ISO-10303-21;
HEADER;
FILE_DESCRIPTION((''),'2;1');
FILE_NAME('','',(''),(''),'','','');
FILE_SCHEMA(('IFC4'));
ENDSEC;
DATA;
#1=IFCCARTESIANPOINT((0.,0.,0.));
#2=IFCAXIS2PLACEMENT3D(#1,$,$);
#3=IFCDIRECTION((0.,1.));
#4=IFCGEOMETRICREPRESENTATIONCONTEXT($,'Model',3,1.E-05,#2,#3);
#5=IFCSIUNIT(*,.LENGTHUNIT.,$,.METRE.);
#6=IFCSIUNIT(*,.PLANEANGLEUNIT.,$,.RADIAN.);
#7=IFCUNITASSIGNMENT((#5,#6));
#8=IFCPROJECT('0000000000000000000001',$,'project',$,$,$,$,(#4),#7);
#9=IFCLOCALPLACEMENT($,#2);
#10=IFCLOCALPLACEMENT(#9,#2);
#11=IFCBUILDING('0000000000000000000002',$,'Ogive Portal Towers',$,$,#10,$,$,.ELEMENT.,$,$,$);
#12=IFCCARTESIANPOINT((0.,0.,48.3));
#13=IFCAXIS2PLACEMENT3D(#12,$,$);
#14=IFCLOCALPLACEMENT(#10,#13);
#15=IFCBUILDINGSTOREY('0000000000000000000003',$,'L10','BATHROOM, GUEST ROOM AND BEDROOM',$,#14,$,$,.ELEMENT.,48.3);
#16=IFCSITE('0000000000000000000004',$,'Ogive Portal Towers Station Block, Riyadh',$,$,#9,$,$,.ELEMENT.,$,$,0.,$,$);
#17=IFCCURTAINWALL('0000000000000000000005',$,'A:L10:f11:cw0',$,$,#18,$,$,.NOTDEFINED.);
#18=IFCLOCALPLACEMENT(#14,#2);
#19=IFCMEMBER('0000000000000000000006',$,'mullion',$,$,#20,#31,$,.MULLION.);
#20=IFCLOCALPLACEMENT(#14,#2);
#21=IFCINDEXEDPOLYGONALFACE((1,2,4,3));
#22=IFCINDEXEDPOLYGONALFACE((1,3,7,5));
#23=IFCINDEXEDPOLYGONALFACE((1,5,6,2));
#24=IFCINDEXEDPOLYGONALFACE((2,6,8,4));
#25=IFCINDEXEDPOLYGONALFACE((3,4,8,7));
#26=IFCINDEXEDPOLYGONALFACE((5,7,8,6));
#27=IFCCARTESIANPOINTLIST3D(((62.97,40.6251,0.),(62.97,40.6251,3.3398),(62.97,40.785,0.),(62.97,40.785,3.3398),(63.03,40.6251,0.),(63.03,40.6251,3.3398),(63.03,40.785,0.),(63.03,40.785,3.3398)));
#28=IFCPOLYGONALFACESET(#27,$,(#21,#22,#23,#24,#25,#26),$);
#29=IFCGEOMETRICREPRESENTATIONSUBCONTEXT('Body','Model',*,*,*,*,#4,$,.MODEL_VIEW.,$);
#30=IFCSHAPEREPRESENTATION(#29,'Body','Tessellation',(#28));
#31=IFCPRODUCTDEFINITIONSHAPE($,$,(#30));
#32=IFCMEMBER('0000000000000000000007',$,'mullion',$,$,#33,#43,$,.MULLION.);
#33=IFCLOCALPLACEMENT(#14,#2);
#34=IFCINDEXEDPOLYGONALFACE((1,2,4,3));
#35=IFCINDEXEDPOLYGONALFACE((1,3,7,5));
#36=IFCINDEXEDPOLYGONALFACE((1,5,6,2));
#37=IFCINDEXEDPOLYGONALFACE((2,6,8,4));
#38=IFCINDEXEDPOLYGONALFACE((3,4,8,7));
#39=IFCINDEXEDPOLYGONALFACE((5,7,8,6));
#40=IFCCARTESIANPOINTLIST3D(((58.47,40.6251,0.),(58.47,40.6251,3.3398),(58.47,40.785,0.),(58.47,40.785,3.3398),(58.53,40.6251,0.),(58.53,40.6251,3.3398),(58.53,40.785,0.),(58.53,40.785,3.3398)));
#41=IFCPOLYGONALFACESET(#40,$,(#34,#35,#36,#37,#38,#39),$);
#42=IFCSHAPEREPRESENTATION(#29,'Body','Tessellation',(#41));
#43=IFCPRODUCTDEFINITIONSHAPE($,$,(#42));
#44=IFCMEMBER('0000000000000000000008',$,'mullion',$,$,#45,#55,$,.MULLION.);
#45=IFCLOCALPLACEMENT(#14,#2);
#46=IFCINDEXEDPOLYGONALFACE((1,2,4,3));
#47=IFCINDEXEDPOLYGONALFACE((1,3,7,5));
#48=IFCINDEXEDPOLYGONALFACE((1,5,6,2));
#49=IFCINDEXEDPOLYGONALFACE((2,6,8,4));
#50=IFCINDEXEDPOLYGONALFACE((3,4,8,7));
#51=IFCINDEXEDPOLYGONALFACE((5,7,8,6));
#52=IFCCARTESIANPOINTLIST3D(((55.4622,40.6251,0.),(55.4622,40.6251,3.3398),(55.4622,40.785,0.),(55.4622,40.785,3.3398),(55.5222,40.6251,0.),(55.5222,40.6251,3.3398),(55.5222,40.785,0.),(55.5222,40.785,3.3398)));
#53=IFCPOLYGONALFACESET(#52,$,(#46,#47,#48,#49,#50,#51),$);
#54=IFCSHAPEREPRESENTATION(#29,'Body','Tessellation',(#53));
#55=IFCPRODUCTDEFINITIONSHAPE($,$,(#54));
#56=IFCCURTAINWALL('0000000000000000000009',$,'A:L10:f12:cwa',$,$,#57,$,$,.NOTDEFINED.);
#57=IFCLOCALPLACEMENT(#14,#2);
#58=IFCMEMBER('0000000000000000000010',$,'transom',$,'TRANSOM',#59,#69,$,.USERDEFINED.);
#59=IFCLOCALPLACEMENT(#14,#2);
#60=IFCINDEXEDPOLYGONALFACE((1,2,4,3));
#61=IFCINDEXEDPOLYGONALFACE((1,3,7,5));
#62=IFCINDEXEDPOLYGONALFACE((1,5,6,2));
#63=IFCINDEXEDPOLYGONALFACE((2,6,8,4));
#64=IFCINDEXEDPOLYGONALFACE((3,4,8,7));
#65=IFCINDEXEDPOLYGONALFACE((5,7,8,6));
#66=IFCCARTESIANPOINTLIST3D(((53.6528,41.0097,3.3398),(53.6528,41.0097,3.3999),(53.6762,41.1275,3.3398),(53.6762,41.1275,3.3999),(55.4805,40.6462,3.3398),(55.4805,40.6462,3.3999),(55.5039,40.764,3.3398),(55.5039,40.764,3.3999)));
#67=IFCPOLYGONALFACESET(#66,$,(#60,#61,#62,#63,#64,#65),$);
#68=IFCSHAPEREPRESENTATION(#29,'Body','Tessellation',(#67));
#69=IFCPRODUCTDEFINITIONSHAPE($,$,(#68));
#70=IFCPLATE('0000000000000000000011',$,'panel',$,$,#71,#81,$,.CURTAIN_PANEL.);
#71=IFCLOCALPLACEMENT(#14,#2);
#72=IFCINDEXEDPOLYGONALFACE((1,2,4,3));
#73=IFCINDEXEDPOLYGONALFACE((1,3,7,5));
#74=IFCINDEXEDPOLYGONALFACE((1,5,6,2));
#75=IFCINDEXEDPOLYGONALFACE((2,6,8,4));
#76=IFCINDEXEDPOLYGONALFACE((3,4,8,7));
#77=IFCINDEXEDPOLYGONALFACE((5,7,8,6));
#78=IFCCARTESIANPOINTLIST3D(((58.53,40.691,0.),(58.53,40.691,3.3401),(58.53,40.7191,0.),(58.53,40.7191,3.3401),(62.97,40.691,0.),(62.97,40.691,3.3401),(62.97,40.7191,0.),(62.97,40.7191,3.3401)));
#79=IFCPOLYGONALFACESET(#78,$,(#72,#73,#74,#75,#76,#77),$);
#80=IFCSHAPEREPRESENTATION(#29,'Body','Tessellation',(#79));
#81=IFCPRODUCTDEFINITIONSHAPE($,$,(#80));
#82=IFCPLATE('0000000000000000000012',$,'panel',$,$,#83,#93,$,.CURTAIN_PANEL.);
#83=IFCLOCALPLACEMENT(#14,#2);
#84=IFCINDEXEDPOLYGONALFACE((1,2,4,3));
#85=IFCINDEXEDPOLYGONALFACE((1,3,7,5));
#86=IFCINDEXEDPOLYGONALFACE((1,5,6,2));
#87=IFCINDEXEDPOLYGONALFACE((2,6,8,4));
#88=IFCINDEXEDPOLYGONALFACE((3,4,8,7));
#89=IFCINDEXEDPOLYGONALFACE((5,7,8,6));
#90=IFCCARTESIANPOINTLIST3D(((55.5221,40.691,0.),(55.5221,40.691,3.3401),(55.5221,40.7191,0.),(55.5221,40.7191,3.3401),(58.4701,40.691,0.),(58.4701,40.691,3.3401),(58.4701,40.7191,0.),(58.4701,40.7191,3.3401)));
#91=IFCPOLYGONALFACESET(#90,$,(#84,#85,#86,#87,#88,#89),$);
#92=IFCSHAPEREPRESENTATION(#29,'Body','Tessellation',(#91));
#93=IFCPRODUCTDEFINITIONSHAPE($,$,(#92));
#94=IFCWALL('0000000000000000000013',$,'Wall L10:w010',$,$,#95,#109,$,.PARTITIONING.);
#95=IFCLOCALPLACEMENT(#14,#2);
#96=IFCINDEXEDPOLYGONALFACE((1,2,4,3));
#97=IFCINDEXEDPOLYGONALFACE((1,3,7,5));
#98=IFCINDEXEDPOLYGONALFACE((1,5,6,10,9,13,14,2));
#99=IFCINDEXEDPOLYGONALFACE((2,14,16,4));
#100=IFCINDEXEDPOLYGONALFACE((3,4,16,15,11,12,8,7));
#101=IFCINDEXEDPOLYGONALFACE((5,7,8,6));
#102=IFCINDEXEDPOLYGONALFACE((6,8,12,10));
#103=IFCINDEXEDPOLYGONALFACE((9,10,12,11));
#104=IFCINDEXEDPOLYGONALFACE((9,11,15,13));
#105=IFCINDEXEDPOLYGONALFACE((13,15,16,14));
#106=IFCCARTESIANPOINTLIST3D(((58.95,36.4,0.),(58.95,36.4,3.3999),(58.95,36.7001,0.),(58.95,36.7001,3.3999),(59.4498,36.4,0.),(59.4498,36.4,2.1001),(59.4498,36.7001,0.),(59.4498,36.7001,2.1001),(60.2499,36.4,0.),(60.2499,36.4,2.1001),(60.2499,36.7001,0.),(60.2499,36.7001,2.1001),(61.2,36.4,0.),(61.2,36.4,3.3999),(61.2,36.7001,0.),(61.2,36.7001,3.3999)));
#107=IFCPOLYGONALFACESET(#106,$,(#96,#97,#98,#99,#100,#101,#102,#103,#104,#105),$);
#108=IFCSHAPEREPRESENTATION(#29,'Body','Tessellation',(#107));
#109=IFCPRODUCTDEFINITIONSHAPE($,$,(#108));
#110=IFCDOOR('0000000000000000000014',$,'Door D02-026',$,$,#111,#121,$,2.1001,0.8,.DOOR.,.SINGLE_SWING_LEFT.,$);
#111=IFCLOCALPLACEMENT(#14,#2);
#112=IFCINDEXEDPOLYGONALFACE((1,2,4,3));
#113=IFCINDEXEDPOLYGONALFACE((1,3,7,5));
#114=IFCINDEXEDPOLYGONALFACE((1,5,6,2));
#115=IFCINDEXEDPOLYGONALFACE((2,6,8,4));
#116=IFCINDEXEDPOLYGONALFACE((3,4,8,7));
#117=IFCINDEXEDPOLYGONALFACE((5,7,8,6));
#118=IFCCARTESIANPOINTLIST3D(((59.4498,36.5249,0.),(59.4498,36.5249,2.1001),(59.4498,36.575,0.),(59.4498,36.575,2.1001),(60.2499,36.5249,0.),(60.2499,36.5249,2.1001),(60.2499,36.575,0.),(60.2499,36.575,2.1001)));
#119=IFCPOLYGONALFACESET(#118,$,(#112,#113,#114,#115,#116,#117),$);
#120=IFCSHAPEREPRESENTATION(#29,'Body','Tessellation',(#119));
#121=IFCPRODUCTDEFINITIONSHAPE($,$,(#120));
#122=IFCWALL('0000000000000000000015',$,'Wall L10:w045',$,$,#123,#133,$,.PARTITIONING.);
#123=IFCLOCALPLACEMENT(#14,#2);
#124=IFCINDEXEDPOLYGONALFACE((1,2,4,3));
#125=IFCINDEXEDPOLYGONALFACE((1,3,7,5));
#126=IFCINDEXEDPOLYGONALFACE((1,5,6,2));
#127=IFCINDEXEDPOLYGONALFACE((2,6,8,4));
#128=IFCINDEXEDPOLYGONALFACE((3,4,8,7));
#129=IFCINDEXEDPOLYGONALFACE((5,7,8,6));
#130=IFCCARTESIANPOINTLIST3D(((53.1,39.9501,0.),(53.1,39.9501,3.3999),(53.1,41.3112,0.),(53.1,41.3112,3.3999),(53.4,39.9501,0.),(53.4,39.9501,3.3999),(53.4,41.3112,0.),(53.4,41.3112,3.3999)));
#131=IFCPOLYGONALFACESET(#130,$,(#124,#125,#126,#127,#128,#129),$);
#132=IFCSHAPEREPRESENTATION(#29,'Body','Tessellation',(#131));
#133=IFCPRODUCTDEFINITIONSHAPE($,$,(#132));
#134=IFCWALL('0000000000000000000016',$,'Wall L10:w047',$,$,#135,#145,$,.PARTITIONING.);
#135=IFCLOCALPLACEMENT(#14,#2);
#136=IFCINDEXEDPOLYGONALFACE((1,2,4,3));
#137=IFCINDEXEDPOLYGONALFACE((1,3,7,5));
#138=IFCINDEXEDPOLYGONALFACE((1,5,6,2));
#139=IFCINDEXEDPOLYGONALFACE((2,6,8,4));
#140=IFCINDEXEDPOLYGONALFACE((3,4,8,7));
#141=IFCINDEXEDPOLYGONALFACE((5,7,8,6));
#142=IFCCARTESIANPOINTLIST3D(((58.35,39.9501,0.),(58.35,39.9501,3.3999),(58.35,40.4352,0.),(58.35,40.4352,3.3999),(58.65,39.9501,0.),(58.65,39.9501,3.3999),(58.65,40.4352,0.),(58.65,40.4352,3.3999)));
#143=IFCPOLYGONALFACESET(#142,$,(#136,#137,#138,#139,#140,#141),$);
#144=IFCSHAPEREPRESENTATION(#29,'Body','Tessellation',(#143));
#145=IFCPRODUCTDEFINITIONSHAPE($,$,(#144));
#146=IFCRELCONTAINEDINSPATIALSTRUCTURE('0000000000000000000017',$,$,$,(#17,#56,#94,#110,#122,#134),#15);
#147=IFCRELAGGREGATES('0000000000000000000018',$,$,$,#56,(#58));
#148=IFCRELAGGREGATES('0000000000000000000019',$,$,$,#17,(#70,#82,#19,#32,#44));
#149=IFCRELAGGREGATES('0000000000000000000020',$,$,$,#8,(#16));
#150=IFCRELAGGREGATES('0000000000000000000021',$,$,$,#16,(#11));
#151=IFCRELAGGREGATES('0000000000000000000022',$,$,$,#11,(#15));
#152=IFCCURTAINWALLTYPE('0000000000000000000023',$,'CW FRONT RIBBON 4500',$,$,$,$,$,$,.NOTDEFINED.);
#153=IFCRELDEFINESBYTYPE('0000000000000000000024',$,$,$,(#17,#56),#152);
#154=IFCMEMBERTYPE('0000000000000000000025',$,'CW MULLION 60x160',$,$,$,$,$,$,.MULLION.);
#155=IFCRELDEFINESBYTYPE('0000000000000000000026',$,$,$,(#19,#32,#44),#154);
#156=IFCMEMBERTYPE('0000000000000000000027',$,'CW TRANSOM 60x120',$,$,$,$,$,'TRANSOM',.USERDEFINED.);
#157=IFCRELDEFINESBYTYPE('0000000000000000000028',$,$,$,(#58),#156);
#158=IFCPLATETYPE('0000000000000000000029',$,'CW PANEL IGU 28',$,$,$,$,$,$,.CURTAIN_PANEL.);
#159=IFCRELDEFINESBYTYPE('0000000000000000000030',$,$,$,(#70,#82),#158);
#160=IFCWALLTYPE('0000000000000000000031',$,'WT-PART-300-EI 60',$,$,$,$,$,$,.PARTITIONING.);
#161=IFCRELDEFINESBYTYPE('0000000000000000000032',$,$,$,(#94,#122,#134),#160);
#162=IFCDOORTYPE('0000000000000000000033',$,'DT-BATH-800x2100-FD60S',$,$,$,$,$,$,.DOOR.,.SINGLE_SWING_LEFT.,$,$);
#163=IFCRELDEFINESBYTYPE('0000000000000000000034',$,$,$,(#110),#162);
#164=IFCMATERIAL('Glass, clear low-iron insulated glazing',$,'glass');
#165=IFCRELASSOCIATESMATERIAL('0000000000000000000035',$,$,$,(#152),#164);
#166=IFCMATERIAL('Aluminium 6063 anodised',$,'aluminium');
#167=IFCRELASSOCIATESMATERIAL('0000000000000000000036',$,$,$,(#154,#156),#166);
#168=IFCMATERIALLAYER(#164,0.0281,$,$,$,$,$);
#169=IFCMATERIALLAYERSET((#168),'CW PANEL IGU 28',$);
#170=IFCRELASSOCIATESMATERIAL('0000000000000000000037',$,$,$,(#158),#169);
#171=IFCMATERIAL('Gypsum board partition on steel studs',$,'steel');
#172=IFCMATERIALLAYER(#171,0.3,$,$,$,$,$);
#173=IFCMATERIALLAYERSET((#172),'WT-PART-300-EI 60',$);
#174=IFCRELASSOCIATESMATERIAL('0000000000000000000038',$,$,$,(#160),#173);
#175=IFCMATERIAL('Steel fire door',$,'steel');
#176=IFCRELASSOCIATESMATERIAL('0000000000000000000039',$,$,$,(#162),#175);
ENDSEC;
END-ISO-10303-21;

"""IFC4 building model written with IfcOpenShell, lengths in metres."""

from ifc_helpers import new_model, si_unit, direction, frame, frame_2d, origin, origin_2d, place, context, subcontext, project, spatial, rectangle, extrude, material, layer, layer_set, material_profile, profile_set, type_object, element, fill, aggregate, save


model = new_model("IFC4")

# Units and contexts
model_context = context("Model", 3, precision=1e-05, world=origin(), true_north=direction((0.0, 1.0)))
body_context = subcontext(model_context, "Body", "Model", "MODEL_VIEW")
ifc_project = project(units=[si_unit("LENGTHUNIT", "METRE"), si_unit("PLANEANGLEUNIT", "RADIAN")], contexts=[model_context])

# Site, building, storey
site_placement = place(None, origin())
site = spatial("IfcSite", under=ifc_project, at=site_placement, Name="Ogive Portal Towers Station Block, Riyadh", CompositionType="ELEMENT", RefElevation=0.0)
building_placement = place(site_placement, origin())
building = spatial("IfcBuilding", under=site, at=building_placement, Name="Ogive Portal Towers", CompositionType="ELEMENT")
storey_placement = place(building_placement, frame((0.0, 0.0, 48.3)))
storey = spatial("IfcBuildingStorey", under=building, at=storey_placement, Name="L10", Description="BATHROOM, GUEST ROOM AND BEDROOM", CompositionType="ELEMENT", Elevation=48.3)

# Curtain wall, members
ifc_material_1 = material(Name="Glass, clear low-iron insulated glazing", Category="glass")
curtain_wall_type = type_object("IfcCurtainWallType", Name="CW FRONT RIBBON 4500", PredefinedType="NOTDEFINED", material=ifc_material_1)
curtain_wall_1_placement = place(storey_placement, origin())
curtain_wall_1 = element("IfcCurtainWall", 1, at=curtain_wall_1_placement, inside=storey, type_object=curtain_wall_type, Name="A:L10:f11:cw0", PredefinedType="NOTDEFINED")
ifc_material_2 = material(Name="Aluminium 6063 anodised", Category="aluminium")
ifc_material_profile_1 = material_profile(ifc_material_2, rectangle(XDim=0.1599, YDim=0.0601, at=origin_2d()), Name="AL 60x160")
ifc_profile_set_1 = profile_set([ifc_material_profile_1], Name="Aluminium 6063 anodised")
member_type_1 = type_object("IfcMemberType", Name="CW MULLION 60x160", PredefinedType="MULLION", material=ifc_profile_set_1)
member_1_placement = place(storey_placement, frame((63.0, 40.7051, 0.0), z_axis=(0.0, 0.0, 1.0), x_axis=(0.0, -1.0, 0.0)))
member_1 = element("IfcMember", 2, at=member_1_placement, type_object=member_type_1, Name="mullion", PredefinedType="MULLION", context=body_context, shape_type="SweptSolid", body=[
    extrude(rectangle(XDim=0.1599, YDim=0.0601, at=origin_2d()), origin(), (0.0, 0.0, 1.0), 3.3398),
])
member_2_placement = place(storey_placement, frame((58.5, 40.7051, 0.0), z_axis=(0.0, 0.0, 1.0), x_axis=(0.0, -1.0, 0.0)))
member_2 = element("IfcMember", 3, at=member_2_placement, type_object=member_type_1, Name="mullion", PredefinedType="MULLION", context=body_context, shape_type="SweptSolid", body=[
    extrude(rectangle(XDim=0.1599, YDim=0.0601, at=origin_2d()), origin(), (0.0, 0.0, 1.0), 3.3398),
])
member_3_placement = place(storey_placement, frame((55.4922, 40.7051, 0.0), z_axis=(0.0, 0.0, 1.0), x_axis=(0.0, -1.0, 0.0)))
member_3 = element("IfcMember", 4, at=member_3_placement, type_object=member_type_1, Name="mullion", PredefinedType="MULLION", context=body_context, shape_type="SweptSolid", body=[
    extrude(rectangle(XDim=0.1599, YDim=0.0601, at=origin_2d()), origin(), (0.0, 0.0, 1.0), 3.3398),
])

# Curtain wall, member
curtain_wall_2_placement = place(storey_placement, origin())
curtain_wall_2 = element("IfcCurtainWall", 5, at=curtain_wall_2_placement, inside=storey, type_object=curtain_wall_type, Name="A:L10:f12:cwa", PredefinedType="NOTDEFINED")
ifc_material_profile_2 = material_profile(ifc_material_2, rectangle(XDim=0.1201, YDim=0.0601, at=origin_2d()), Name="AL 120x60")
ifc_profile_set_2 = profile_set([ifc_material_profile_2], Name="Aluminium 6063 anodised")
member_type_2 = type_object("IfcMemberType", Name="CW TRANSOM 60x120", ElementType="TRANSOM", PredefinedType="USERDEFINED", material=ifc_profile_set_2)
member_4_placement = place(storey_placement, frame((55.4922, 40.7051, 3.3699), z_axis=(-0.980787, 0.195083, 0.0), x_axis=(-0.195083, -0.980787, 0.0)))
member_4 = element("IfcMember", 6, at=member_4_placement, type_object=member_type_2, Name="transom", ObjectType="TRANSOM", PredefinedType="USERDEFINED", context=body_context, shape_type="SweptSolid", body=[
    extrude(rectangle(XDim=0.1201, YDim=0.0601, at=origin_2d()), origin(), (0.0, 0.0, 1.0), 1.8635),
])
aggregate(curtain_wall_2, [member_4])

# Plates
ifc_layer_1 = layer(ifc_material_1, 0.0281)
ifc_layer_set_1 = layer_set([ifc_layer_1], Name="CW PANEL IGU 28")
plate_type = type_object("IfcPlateType", Name="CW PANEL IGU 28", PredefinedType="CURTAIN_PANEL", material=ifc_layer_set_1)
plate_1_placement = place(storey_placement, frame((60.75, 40.7051, 0.0), z_axis=(0.0, 0.0, 1.0), x_axis=(-1.0, 0.0, 0.0)))
plate_1 = element("IfcPlate", 7, at=plate_1_placement, type_object=plate_type, Name="panel", PredefinedType="CURTAIN_PANEL", context=body_context, shape_type="SweptSolid", body=[
    extrude(rectangle(XDim=4.4399, YDim=0.0281, at=origin_2d()), origin(), (0.0, 0.0, 1.0), 3.3401),
])
plate_2_placement = place(storey_placement, frame((56.9961, 40.7051, 0.0), z_axis=(0.0, 0.0, 1.0), x_axis=(-1.0, 0.0, 0.0)))
plate_2 = element("IfcPlate", 8, at=plate_2_placement, type_object=plate_type, Name="panel", PredefinedType="CURTAIN_PANEL", context=body_context, shape_type="SweptSolid", body=[
    extrude(rectangle(XDim=2.948, YDim=0.0281, at=origin_2d()), origin(), (0.0, 0.0, 1.0), 3.3401),
])
aggregate(curtain_wall_1, [plate_1, plate_2, member_1, member_2, member_3])

# Wall, opening, door
ifc_material_3 = material(Name="Gypsum board partition on steel studs", Category="steel")
ifc_layer_2 = layer(ifc_material_3, 0.3)
ifc_layer_set_2 = layer_set([ifc_layer_2], Name="WT-PART-300-EI 60")
wall_type_1 = type_object("IfcWallType", Name="WT-PART-300-EI 60", PredefinedType="PARTITIONING", material=ifc_layer_set_2)
wall_1_placement = place(storey_placement, frame((58.95, 36.55, 0.0), z_axis=(0.0, 0.0, 1.0), x_axis=(1.0, 0.0, 0.0)))
wall_1 = element("IfcWall", 9, at=wall_1_placement, inside=storey, type_object=wall_type_1, Name="Wall L10:w010", PredefinedType="PARTITIONING", context=body_context, shape_type="SweptSolid", body=[
    extrude(rectangle(XDim=2.25, YDim=0.3, at=frame_2d((1.125, 0.0))), origin(), (0.0, 0.0, 1.0), 3.3999),
])
opening_1_placement = place(wall_1_placement, frame((0.5, 0.0, 0.0)))
opening_1 = element("IfcOpeningElement", 10, at=opening_1_placement, cuts=wall_1, PredefinedType="OPENING", context=body_context, shape_type="SweptSolid", body=[
    extrude(rectangle(XDim=0.8, YDim=2.1001, at=frame_2d((0.3999, 1.05))), frame((0.0, 0.1602, 0.0), z_axis=(0.0, -1.0, 0.0), x_axis=(1.0, 0.0, 0.0)), (0.0, 0.0, 1.0), 0.3201),
])
ifc_material_4 = material(Name="Steel fire door", Category="steel")
door_type_1 = type_object("IfcDoorType", Name="DT-BATH-800x2100-FD60S", OperationType="SINGLE_SWING_LEFT", PredefinedType="DOOR", material=ifc_material_4)
door_1_placement = place(opening_1_placement, origin())
door_1 = element("IfcDoor", 11, at=door_1_placement, inside=storey, type_object=door_type_1, Name="Door D02-026", OperationType="SINGLE_SWING_LEFT", OverallHeight=2.1001, OverallWidth=0.8, PredefinedType="DOOR", context=body_context, shape_type="SweptSolid", body=[
    extrude(rectangle(XDim=0.8, YDim=2.1001, at=frame_2d((0.3999, 1.05))), frame((0.0, 0.0249, 0.0), z_axis=(0.0, -1.0, 0.0), x_axis=(1.0, 0.0, 0.0)), (0.0, 0.0, 1.0), 0.05),
])
fill(opening_1, door_1)

# Walls
wall_2_placement = place(storey_placement, frame((53.25, 39.95, 0.0), z_axis=(0.0, 0.0, 1.0), x_axis=(0.0, 1.0, 0.0)))
element("IfcWall", 12, at=wall_2_placement, inside=storey, type_object=wall_type_1, Name="Wall L10:w045", PredefinedType="PARTITIONING", context=body_context, shape_type="SweptSolid", body=[
    extrude(rectangle(XDim=1.3611, YDim=0.3, at=frame_2d((0.6807, 0.0))), origin(), (0.0, 0.0, 1.0), 3.3999),
])
wall_3_placement = place(storey_placement, frame((58.5, 39.95, 0.0), z_axis=(0.0, 0.0, 1.0), x_axis=(0.0, 1.0, 0.0)))
element("IfcWall", 13, at=wall_3_placement, inside=storey, type_object=wall_type_1, Name="Wall L10:w047", PredefinedType="PARTITIONING", context=body_context, shape_type="SweptSolid", body=[
    extrude(rectangle(XDim=0.4851, YDim=0.3, at=frame_2d((0.2427, 0.0))), origin(), (0.0, 0.0, 1.0), 3.3999),
])

save(model, "model.ifc")
